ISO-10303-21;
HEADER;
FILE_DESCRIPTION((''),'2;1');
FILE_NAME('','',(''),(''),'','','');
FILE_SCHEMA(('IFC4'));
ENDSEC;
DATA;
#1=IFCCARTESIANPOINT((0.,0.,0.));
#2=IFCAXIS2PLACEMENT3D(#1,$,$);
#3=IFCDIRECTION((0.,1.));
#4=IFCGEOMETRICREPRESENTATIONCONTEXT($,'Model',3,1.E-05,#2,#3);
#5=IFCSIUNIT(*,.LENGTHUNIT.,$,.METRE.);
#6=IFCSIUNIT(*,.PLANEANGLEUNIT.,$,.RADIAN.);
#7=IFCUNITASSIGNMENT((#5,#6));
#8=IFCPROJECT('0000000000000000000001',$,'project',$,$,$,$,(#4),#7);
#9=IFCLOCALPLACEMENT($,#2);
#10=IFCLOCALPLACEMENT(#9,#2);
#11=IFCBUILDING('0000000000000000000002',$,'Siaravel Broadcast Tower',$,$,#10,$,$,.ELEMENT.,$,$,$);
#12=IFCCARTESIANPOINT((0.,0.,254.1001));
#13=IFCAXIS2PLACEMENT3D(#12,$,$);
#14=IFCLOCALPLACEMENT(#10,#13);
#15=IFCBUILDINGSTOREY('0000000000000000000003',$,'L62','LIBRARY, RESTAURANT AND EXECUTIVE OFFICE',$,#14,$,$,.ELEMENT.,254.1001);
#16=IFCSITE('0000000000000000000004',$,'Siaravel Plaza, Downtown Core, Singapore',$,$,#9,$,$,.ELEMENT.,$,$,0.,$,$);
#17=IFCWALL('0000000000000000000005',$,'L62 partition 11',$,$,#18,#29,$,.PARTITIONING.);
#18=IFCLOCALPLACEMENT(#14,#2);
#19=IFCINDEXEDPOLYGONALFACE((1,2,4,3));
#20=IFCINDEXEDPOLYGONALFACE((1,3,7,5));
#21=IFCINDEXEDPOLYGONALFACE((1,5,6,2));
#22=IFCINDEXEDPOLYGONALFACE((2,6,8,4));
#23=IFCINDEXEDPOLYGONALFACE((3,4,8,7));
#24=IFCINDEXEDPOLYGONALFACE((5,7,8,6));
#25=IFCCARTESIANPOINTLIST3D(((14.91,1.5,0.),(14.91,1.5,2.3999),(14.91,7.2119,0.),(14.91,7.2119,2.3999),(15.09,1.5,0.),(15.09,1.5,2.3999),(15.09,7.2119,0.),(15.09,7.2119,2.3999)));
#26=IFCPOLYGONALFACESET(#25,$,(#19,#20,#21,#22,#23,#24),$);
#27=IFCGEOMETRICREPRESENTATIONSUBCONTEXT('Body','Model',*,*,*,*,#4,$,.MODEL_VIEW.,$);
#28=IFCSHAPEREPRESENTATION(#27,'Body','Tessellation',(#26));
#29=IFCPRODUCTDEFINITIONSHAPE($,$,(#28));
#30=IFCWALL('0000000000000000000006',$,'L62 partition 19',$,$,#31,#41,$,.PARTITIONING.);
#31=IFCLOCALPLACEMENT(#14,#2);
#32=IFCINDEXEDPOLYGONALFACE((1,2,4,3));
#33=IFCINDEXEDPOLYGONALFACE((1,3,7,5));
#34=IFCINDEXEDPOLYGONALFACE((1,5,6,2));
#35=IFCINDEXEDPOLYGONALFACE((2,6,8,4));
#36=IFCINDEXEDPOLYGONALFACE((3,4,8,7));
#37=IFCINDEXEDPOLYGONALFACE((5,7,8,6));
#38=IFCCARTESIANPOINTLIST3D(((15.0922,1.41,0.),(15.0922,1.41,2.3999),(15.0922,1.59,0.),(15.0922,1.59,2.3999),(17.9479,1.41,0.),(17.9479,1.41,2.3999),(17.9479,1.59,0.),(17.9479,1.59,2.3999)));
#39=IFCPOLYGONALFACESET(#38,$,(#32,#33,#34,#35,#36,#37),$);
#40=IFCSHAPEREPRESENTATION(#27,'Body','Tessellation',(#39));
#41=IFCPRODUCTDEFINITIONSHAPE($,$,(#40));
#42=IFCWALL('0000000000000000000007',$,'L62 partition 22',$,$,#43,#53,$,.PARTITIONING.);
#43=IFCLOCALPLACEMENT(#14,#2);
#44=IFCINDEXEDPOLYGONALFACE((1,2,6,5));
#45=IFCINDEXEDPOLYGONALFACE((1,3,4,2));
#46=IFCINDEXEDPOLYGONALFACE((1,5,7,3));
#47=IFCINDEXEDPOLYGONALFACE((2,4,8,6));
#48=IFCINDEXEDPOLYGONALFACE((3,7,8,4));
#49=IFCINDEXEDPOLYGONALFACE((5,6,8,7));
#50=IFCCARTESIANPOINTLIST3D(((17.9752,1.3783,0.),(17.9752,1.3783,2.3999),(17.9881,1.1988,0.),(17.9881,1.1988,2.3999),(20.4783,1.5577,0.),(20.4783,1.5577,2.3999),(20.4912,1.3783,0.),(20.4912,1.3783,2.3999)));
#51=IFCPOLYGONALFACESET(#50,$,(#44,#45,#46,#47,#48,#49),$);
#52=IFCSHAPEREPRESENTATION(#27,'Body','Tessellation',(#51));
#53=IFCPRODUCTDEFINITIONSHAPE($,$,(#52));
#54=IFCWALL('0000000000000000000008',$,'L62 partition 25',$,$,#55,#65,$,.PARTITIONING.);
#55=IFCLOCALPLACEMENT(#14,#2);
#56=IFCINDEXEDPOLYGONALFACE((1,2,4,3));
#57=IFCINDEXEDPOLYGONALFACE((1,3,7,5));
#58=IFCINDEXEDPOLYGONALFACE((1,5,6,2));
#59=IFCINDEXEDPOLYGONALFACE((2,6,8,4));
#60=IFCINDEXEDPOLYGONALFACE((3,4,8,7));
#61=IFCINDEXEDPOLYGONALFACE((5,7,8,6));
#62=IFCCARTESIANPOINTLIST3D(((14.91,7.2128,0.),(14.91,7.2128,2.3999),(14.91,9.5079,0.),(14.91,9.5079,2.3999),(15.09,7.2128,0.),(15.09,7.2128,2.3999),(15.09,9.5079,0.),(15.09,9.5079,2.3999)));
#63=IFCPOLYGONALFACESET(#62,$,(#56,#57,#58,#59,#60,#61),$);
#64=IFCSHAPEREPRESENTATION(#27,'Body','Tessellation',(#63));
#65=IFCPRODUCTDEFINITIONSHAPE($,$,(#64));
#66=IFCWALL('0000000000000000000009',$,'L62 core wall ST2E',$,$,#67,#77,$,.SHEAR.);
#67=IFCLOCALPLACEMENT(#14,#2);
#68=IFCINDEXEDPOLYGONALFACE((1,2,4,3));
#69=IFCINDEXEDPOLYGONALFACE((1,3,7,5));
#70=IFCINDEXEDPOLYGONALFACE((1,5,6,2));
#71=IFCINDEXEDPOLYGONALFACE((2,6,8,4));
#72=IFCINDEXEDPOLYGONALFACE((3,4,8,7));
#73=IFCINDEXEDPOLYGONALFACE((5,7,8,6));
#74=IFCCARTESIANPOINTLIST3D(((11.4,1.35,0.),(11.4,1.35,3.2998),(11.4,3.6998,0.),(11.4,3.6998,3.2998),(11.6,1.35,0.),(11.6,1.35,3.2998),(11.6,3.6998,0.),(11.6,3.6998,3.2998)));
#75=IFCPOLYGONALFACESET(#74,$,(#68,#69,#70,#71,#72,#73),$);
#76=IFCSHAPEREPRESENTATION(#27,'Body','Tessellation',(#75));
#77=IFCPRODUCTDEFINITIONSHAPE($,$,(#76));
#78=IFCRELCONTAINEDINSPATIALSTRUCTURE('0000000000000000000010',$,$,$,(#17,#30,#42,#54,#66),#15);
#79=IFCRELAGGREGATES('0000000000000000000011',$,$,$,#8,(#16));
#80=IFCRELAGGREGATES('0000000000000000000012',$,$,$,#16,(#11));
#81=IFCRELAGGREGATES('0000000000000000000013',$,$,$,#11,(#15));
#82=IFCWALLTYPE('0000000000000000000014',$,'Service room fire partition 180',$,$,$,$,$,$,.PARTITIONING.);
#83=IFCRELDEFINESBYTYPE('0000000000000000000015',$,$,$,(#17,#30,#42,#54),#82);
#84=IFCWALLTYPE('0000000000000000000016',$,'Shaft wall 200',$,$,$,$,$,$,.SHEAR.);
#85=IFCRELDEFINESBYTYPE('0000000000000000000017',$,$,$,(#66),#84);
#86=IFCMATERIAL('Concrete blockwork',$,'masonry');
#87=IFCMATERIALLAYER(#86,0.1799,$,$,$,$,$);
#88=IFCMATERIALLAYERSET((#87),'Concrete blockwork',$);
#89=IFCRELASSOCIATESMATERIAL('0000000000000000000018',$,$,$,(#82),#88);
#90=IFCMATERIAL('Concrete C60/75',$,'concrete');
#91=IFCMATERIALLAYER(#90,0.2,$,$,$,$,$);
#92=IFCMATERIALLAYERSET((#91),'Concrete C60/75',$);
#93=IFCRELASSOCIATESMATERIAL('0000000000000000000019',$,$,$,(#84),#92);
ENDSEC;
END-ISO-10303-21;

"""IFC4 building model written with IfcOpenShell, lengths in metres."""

from ifc_helpers import new_model, si_unit, direction, frame, frame_2d, origin, place, context, subcontext, project, spatial, rectangle, extrude, material, layer, layer_set, type_object, element, save


model = new_model("IFC4")

# Units and contexts
model_context = context("Model", 3, precision=1e-05, world=origin(), true_north=direction((0.0, 1.0)))
body_context = subcontext(model_context, "Body", "Model", "MODEL_VIEW")
ifc_project = project(units=[si_unit("LENGTHUNIT", "METRE"), si_unit("PLANEANGLEUNIT", "RADIAN")], contexts=[model_context])

# Site, building, storey
site_placement = place(None, origin())
site = spatial("IfcSite", under=ifc_project, at=site_placement, Name="Siaravel Plaza, Downtown Core, Singapore", CompositionType="ELEMENT", RefElevation=0.0)
building_placement = place(site_placement, origin())
building = spatial("IfcBuilding", under=site, at=building_placement, Name="Siaravel Broadcast Tower", CompositionType="ELEMENT")
storey_placement = place(building_placement, frame((0.0, 0.0, 254.1001)))
storey = spatial("IfcBuildingStorey", under=building, at=storey_placement, Name="L62", Description="LIBRARY, RESTAURANT AND EXECUTIVE OFFICE", CompositionType="ELEMENT", Elevation=254.1001)

# Shared definitions
ifc_material_1 = material(Name="Concrete blockwork", Category="masonry")
ifc_layer_1 = layer(ifc_material_1, 0.1799)
ifc_layer_set_1 = layer_set([ifc_layer_1], Name="Concrete blockwork")
wall_type_1 = type_object("IfcWallType", Name="Service room fire partition 180", PredefinedType="PARTITIONING", material=ifc_layer_set_1)

# Walls
wall_1_placement = place(storey_placement, frame((15.0, 1.5, 0.0), z_axis=(0.0, 0.0, 1.0), x_axis=(0.0, 1.0, 0.0)))
element("IfcWall", 1, at=wall_1_placement, inside=storey, type_object=wall_type_1, Name="L62 partition 11", PredefinedType="PARTITIONING", context=body_context, shape_type="SweptSolid", body=[
    extrude(rectangle(XDim=5.7119, YDim=0.1799, at=frame_2d((2.856, 0.0))), origin(), (0.0, 0.0, 1.0), 2.3999),
])
wall_2_placement = place(storey_placement, frame((17.9478, 1.5, 0.0), z_axis=(0.0, 0.0, 1.0), x_axis=(-1.0, 0.0, 0.0)))
element("IfcWall", 2, at=wall_2_placement, inside=storey, type_object=wall_type_1, Name="L62 partition 19", PredefinedType="PARTITIONING", context=body_context, shape_type="SweptSolid", body=[
    extrude(rectangle(XDim=2.8557, YDim=0.1799, at=frame_2d((1.4277, 0.0))), origin(), (0.0, 0.0, 1.0), 2.3999),
])
wall_3_placement = place(storey_placement, frame((20.4849, 1.468, 0.0), z_axis=(0.0, 0.0, 1.0), x_axis=(-0.99744, -0.071503, 0.0)))
element("IfcWall", 3, at=wall_3_placement, inside=storey, type_object=wall_type_1, Name="L62 partition 22", PredefinedType="PARTITIONING", context=body_context, shape_type="SweptSolid", body=[
    extrude(rectangle(XDim=2.5095, YDim=0.1799, at=frame_2d((1.2549, 0.0))), origin(), (0.0, 0.0, 1.0), 2.3999),
])
wall_4_placement = place(storey_placement, frame((15.0, 7.2129, 0.0), z_axis=(0.0, 0.0, 1.0), x_axis=(0.0, 1.0, 0.0)))
element("IfcWall", 4, at=wall_4_placement, inside=storey, type_object=wall_type_1, Name="L62 partition 25", PredefinedType="PARTITIONING", context=body_context, shape_type="SweptSolid", body=[
    extrude(rectangle(XDim=2.2952, YDim=0.1799, at=frame_2d((1.1475, 0.0))), origin(), (0.0, 0.0, 1.0), 2.3999),
])
ifc_material_2 = material(Name="Concrete C60/75", Category="concrete")
ifc_layer_2 = layer(ifc_material_2, 0.2)
ifc_layer_set_2 = layer_set([ifc_layer_2], Name="Concrete C60/75")
wall_type_2 = type_object("IfcWallType", Name="Shaft wall 200", PredefinedType="SHEAR", material=ifc_layer_set_2)
wall_5_placement = place(storey_placement, frame((11.5, 1.3501, 0.0), z_axis=(0.0, 0.0, 1.0), x_axis=(0.0, 1.0, 0.0)))
element("IfcWall", 5, at=wall_5_placement, inside=storey, type_object=wall_type_2, Name="L62 core wall ST2E", PredefinedType="SHEAR", context=body_context, shape_type="SweptSolid", body=[
    extrude(rectangle(XDim=2.3499, YDim=0.2, at=frame_2d((1.1748, 0.0))), origin(), (0.0, 0.0, 1.0), 3.2998),
])

save(model, "model.ifc")
